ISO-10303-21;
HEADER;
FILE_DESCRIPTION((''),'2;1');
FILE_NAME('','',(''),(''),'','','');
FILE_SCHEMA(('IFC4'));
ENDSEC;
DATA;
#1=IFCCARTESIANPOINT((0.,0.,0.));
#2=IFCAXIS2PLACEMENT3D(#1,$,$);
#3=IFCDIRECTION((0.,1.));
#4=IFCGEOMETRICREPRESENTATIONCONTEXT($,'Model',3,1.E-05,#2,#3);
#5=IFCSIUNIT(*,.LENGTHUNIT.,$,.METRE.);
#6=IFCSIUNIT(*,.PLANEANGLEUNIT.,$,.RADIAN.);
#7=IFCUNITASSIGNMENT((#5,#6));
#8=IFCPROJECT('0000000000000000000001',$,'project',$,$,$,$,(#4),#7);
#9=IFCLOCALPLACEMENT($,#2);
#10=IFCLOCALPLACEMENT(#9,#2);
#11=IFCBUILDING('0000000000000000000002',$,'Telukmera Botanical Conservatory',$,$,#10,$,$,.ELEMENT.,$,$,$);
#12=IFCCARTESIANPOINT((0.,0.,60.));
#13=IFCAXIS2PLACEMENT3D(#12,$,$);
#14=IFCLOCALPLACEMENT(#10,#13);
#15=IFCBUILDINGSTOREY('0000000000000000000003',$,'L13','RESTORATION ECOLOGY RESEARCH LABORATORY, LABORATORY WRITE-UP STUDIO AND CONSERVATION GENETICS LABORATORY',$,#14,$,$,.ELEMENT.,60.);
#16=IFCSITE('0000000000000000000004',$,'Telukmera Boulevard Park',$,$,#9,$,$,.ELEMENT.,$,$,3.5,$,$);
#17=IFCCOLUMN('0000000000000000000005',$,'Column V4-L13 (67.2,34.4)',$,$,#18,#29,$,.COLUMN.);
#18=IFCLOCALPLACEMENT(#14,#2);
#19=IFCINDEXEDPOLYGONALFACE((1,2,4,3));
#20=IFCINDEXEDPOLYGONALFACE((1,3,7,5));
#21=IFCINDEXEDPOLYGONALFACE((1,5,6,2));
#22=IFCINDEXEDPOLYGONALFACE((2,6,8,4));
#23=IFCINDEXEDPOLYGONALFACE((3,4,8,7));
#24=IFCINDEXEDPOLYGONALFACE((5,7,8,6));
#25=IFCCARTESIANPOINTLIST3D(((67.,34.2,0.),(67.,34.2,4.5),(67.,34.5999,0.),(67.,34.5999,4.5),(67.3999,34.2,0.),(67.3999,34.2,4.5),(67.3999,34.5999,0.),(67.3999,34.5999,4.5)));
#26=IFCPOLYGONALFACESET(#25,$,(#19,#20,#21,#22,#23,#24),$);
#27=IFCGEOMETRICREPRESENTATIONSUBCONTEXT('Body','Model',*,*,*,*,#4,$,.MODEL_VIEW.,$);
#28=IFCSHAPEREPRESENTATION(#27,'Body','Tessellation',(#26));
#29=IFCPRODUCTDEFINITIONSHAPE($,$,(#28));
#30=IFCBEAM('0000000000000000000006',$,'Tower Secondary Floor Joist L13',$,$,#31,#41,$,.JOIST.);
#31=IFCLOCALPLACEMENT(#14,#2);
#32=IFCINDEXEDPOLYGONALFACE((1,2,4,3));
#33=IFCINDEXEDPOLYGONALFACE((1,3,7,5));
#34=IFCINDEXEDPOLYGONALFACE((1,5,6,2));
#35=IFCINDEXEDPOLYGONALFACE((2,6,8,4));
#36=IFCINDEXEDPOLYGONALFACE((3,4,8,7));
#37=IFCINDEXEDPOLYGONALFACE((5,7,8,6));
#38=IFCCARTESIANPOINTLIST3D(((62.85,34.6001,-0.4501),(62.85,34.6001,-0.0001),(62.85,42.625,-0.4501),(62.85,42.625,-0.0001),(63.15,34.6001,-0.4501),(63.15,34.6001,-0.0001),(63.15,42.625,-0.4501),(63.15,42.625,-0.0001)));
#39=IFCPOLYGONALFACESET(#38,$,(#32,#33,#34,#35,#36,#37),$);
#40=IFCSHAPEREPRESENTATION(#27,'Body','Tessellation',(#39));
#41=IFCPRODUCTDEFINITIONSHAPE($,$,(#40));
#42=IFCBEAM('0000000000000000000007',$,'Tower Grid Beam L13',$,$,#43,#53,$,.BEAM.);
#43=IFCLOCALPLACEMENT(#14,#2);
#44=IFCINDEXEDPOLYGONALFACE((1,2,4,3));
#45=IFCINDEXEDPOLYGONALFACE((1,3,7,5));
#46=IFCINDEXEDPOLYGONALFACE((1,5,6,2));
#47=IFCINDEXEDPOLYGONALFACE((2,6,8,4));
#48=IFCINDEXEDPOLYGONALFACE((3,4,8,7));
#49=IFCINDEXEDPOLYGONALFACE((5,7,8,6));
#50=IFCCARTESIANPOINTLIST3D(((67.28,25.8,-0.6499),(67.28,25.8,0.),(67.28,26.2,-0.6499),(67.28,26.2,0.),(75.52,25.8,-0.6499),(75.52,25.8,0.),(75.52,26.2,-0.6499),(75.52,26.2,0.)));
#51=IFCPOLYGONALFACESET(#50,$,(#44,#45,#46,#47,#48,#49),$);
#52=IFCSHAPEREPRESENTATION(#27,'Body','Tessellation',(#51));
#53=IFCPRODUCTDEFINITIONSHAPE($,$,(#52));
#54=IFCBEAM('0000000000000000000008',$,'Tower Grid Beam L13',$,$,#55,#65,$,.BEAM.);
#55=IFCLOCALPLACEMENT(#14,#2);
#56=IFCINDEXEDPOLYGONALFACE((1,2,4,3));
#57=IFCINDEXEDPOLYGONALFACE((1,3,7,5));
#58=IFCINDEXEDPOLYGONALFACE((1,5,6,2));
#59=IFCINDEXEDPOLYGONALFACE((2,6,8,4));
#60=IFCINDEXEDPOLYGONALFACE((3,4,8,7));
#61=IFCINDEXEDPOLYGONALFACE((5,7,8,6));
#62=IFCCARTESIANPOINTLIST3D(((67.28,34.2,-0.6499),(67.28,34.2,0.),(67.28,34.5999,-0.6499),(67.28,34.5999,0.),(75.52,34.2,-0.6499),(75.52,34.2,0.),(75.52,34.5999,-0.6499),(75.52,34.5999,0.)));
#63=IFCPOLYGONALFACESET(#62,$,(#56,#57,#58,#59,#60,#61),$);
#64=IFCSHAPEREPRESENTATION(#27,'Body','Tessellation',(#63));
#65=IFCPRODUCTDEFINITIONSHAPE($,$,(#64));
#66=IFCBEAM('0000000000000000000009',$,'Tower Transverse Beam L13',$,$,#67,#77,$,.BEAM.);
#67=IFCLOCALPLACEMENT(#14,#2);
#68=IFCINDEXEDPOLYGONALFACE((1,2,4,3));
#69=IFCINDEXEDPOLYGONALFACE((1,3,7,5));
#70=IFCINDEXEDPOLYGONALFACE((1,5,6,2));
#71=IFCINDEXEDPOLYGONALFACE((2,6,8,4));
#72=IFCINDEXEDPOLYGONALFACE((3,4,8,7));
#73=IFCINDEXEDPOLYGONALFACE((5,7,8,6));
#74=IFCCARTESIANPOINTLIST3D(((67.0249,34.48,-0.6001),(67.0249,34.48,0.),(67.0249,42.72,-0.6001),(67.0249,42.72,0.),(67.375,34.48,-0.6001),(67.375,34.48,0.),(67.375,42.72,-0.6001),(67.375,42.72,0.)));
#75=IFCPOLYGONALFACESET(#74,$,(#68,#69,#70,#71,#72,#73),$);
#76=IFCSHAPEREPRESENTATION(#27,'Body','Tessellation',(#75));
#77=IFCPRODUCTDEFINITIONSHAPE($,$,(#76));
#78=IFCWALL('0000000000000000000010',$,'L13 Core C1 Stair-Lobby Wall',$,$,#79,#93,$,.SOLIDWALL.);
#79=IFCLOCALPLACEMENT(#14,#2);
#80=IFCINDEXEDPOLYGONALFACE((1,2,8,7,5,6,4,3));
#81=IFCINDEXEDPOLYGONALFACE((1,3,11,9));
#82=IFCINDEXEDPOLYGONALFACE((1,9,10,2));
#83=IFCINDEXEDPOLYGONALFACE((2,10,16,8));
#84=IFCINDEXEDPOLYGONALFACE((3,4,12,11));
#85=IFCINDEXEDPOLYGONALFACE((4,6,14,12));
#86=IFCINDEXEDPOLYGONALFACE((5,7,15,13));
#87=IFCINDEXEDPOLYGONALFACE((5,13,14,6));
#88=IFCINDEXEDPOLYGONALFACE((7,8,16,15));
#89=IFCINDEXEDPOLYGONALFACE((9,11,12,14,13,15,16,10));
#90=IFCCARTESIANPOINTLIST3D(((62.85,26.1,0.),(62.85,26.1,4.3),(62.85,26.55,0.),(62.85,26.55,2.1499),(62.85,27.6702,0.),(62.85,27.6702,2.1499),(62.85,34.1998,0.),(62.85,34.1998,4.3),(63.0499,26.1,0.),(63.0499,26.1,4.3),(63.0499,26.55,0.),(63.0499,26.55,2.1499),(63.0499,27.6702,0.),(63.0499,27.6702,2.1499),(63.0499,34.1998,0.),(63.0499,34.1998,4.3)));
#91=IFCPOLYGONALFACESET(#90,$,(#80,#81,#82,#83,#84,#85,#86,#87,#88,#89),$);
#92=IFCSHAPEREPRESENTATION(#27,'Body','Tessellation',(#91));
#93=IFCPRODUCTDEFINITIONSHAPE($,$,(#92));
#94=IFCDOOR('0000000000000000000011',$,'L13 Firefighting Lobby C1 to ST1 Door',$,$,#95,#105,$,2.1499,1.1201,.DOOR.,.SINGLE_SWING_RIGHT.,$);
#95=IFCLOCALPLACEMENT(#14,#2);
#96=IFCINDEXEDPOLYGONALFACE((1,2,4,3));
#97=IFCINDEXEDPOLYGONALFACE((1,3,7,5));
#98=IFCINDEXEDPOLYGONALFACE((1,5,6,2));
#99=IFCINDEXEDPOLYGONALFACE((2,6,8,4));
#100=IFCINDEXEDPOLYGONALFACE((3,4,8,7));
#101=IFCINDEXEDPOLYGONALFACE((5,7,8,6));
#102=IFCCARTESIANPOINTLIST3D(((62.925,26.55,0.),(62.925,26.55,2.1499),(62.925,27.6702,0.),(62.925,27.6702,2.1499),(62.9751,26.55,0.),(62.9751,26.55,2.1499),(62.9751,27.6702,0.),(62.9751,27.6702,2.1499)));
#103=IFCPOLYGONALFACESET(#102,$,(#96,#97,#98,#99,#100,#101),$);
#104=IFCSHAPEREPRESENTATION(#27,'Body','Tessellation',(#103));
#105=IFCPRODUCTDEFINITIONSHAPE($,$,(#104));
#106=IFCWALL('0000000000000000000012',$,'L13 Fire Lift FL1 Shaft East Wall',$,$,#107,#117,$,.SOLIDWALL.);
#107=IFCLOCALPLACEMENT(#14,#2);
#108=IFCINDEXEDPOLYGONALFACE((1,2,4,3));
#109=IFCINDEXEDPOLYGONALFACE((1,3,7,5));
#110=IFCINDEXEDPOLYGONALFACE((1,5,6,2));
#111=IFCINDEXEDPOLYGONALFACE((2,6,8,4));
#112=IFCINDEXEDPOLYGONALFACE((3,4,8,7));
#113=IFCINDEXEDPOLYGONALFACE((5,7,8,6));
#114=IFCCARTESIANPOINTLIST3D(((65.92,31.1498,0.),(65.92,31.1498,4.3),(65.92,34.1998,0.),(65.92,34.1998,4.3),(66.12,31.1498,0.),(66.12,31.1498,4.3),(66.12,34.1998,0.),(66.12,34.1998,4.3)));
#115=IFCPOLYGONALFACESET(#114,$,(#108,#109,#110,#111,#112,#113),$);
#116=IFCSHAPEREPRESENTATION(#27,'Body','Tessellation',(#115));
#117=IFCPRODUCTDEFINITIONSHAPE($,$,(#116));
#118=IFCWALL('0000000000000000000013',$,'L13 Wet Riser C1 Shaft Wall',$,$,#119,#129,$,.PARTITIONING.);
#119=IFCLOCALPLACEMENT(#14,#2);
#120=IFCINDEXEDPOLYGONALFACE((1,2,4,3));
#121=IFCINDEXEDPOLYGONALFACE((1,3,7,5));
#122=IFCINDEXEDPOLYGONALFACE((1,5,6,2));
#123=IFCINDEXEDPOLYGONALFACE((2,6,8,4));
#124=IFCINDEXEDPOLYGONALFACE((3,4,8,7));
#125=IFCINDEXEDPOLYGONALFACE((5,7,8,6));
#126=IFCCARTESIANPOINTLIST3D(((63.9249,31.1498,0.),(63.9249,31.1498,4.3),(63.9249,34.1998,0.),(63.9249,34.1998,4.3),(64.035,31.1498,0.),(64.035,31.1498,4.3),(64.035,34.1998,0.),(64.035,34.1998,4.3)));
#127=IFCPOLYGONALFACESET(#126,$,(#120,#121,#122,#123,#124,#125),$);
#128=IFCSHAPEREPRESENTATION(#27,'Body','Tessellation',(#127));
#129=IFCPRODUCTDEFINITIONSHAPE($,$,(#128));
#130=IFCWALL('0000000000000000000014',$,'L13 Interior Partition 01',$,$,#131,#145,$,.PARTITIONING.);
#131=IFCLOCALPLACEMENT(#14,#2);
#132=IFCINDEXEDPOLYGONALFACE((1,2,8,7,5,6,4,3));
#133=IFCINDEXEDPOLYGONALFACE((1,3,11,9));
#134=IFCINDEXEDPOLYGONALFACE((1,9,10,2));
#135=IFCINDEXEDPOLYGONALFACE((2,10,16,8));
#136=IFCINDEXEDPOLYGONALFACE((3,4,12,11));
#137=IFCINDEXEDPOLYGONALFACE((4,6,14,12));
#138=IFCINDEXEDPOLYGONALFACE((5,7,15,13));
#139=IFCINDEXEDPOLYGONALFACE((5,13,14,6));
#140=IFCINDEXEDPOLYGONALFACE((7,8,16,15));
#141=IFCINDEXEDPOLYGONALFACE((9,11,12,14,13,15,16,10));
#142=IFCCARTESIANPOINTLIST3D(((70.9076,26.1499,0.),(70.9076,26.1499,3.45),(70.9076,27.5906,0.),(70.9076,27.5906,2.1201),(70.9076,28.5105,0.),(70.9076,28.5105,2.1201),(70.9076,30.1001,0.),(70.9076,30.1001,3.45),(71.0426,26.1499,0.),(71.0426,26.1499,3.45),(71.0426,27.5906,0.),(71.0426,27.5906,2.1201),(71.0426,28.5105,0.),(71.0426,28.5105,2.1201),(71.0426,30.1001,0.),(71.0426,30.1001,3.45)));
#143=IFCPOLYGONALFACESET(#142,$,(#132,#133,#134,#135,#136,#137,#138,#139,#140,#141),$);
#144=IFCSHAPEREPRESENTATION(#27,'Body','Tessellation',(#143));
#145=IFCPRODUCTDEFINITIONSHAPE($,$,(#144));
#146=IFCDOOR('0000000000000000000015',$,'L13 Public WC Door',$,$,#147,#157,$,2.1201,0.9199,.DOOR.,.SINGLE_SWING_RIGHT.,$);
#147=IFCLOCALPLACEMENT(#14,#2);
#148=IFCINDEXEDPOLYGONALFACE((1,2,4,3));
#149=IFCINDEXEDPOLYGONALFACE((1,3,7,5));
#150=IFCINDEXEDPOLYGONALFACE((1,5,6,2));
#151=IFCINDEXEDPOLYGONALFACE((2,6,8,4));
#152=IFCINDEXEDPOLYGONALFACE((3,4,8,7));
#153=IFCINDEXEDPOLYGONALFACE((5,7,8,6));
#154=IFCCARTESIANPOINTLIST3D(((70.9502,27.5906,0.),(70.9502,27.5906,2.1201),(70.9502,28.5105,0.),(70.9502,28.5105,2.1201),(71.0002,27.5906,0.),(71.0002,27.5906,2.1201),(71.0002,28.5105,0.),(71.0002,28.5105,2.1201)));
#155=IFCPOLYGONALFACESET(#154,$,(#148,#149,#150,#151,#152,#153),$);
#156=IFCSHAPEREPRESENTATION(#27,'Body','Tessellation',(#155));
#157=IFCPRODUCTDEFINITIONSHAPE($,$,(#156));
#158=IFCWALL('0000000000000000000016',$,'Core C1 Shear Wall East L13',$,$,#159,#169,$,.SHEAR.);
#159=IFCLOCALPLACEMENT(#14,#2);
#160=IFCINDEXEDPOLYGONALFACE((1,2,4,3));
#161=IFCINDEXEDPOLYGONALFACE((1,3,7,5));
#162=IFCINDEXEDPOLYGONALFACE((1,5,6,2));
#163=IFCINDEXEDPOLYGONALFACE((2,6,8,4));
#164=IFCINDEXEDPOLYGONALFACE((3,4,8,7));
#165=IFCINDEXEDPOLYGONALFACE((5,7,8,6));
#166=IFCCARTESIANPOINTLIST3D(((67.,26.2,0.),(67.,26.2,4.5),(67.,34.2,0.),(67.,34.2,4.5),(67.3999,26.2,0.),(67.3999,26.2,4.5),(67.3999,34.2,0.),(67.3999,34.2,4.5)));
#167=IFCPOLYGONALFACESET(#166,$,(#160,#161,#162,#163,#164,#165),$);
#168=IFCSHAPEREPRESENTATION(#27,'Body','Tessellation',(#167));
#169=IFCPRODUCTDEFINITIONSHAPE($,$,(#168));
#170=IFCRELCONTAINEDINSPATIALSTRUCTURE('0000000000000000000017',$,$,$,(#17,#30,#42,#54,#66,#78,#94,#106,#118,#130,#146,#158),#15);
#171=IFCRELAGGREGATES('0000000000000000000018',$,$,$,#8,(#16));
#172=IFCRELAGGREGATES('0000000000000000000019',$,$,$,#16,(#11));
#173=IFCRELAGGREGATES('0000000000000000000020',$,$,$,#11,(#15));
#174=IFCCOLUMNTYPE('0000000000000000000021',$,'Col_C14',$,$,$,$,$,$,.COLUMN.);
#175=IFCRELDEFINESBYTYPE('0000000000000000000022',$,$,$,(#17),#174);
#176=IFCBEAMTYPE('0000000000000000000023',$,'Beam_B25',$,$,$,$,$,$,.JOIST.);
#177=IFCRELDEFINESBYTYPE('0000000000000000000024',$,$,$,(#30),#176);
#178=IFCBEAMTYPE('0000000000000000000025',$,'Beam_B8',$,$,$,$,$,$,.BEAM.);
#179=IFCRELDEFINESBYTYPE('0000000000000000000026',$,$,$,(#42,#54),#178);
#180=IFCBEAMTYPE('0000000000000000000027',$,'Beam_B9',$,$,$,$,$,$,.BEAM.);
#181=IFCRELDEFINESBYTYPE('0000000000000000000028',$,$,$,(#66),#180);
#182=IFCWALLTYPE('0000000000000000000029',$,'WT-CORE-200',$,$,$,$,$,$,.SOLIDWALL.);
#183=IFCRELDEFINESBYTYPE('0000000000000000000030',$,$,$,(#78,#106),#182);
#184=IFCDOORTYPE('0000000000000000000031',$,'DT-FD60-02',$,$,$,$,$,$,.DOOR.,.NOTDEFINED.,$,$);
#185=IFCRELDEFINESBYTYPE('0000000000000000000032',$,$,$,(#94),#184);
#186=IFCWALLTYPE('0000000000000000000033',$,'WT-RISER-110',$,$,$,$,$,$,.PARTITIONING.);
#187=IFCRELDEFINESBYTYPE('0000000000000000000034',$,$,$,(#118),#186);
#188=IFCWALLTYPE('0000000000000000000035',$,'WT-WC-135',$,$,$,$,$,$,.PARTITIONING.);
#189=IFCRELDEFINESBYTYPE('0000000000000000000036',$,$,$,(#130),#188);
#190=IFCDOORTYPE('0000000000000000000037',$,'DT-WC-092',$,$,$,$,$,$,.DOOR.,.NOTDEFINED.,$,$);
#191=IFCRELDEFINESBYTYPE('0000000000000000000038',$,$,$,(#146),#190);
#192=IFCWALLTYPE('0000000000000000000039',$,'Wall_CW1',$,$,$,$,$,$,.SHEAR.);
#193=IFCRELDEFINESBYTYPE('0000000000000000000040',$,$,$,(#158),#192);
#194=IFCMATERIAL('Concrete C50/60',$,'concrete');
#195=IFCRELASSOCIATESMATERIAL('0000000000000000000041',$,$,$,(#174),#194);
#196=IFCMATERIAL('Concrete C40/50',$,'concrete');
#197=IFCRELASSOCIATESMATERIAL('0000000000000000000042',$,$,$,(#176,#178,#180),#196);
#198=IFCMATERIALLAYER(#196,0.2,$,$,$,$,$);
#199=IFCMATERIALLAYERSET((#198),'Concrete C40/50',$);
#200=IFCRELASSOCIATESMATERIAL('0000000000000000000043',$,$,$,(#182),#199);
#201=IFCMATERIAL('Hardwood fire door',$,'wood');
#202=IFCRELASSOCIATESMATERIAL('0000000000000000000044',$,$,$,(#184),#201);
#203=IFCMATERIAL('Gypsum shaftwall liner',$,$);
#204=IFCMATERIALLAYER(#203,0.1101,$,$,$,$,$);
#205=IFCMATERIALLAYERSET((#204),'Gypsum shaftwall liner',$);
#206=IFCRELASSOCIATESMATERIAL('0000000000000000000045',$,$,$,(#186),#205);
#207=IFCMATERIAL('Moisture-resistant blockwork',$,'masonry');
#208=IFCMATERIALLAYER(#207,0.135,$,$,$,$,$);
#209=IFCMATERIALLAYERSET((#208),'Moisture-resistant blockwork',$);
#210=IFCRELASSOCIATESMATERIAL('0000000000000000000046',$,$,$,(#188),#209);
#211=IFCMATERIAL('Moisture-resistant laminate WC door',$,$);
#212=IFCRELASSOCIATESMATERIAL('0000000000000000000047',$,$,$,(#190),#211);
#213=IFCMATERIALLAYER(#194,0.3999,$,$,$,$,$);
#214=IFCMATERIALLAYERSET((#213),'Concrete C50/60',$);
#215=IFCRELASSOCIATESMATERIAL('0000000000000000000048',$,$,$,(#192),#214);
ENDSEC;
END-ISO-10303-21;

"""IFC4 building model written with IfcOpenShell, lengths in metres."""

from ifc_helpers import new_model, si_unit, direction, frame, frame_2d, origin, origin_2d, place, context, subcontext, project, spatial, rectangle, extrude, material, layer, layer_set, material_profile, profile_set, type_object, element, fill, save


model = new_model("IFC4")

# Units and contexts
model_context = context("Model", 3, precision=1e-05, world=origin(), true_north=direction((0.0, 1.0)))
body_context = subcontext(model_context, "Body", "Model", "MODEL_VIEW")
ifc_project = project(units=[si_unit("LENGTHUNIT", "METRE"), si_unit("PLANEANGLEUNIT", "RADIAN")], contexts=[model_context])

# Site, building, storey
site_placement = place(None, origin())
site = spatial("IfcSite", under=ifc_project, at=site_placement, Name="Telukmera Boulevard Park", CompositionType="ELEMENT", RefElevation=3.5)
building_placement = place(site_placement, origin())
building = spatial("IfcBuilding", under=site, at=building_placement, Name="Telukmera Botanical Conservatory", CompositionType="ELEMENT")
storey_placement = place(building_placement, frame((0.0, 0.0, 60.0)))
storey = spatial("IfcBuildingStorey", under=building, at=storey_placement, Name="L13", Description="RESTORATION ECOLOGY RESEARCH LABORATORY, LABORATORY WRITE-UP STUDIO AND CONSERVATION GENETICS LABORATORY", CompositionType="ELEMENT", Elevation=60.0)

# Column
ifc_material_1 = material(Name="Concrete C50/60", Category="concrete")
ifc_material_profile_1 = material_profile(ifc_material_1, rectangle(XDim=0.3999, YDim=0.3999, at=origin_2d()), Name="RC 400x400")
ifc_profile_set_1 = profile_set([ifc_material_profile_1], Name="Concrete C50/60")
column_type = type_object("IfcColumnType", Name="Col_C14", PredefinedType="COLUMN", material=ifc_profile_set_1)
column_placement = place(storey_placement, frame((67.2, 34.3999, 0.0), z_axis=(0.0, 0.0, 1.0), x_axis=(1.0, 0.0, 0.0)))
element("IfcColumn", 1, at=column_placement, inside=storey, type_object=column_type, Name="Column V4-L13 (67.2,34.4)", PredefinedType="COLUMN", context=body_context, shape_type="SweptSolid", body=[
    extrude(rectangle(XDim=0.3999, YDim=0.3999, at=origin_2d()), origin(), (0.0, 0.0, 1.0), 4.5),
])

# Beams
ifc_material_2 = material(Name="Concrete C40/50", Category="concrete")
ifc_material_profile_2 = material_profile(ifc_material_2, rectangle(XDim=0.3, YDim=0.45, at=origin_2d()), Name="RC 300x450")
ifc_profile_set_2 = profile_set([ifc_material_profile_2], Name="Concrete C40/50")
beam_type_1 = type_object("IfcBeamType", Name="Beam_B25", PredefinedType="JOIST", material=ifc_profile_set_2)
beam_1_placement = place(storey_placement, frame((63.0, 34.6001, -0.2251), z_axis=(0.0, 1.0, 0.0), x_axis=(-1.0, 0.0, 0.0)))
element("IfcBeam", 2, at=beam_1_placement, inside=storey, type_object=beam_type_1, Name="Tower Secondary Floor Joist L13", PredefinedType="JOIST", context=body_context, shape_type="SweptSolid", body=[
    extrude(rectangle(XDim=0.3, YDim=0.45, at=origin_2d()), origin(), (0.0, 0.0, 1.0), 8.0249),
])
ifc_material_profile_3 = material_profile(ifc_material_2, rectangle(XDim=0.3999, YDim=0.6499, at=origin_2d()), Name="RC 400x650")
ifc_profile_set_3 = profile_set([ifc_material_profile_3], Name="Concrete C40/50")
beam_type_2 = type_object("IfcBeamType", Name="Beam_B8", PredefinedType="BEAM", material=ifc_profile_set_3)
for number, where, z_axis, x_axis, name in (
    (3, (67.28, 26.0, -0.325), (1.0, 0.0, 0.0), (0.0, 1.0, 0.0), "Tower Grid Beam L13"),
    (4, (67.28, 34.3999, -0.325), (1.0, 0.0, 0.0), (0.0, 1.0, 0.0), "Tower Grid Beam L13"),
):
    element("IfcBeam", number, at=place(storey_placement, frame(where, z_axis=z_axis, x_axis=x_axis)), inside=storey, type_object=beam_type_2, Name=name, PredefinedType="BEAM", context=body_context, shape_type="SweptSolid", body=[
        extrude(rectangle(XDim=0.3999, YDim=0.6499, at=origin_2d()), origin(), (0.0, 0.0, 1.0), 8.24),
    ])
ifc_material_profile_4 = material_profile(ifc_material_2, rectangle(XDim=0.3501, YDim=0.6001, at=origin_2d()), Name="RC 350x600")
ifc_profile_set_4 = profile_set([ifc_material_profile_4], Name="Concrete C40/50")
beam_type_3 = type_object("IfcBeamType", Name="Beam_B9", PredefinedType="BEAM", material=ifc_profile_set_4)
beam_2_placement = place(storey_placement, frame((67.2, 34.48, -0.3), z_axis=(0.0, 1.0, 0.0), x_axis=(-1.0, 0.0, 0.0)))
element("IfcBeam", 5, at=beam_2_placement, inside=storey, type_object=beam_type_3, Name="Tower Transverse Beam L13", PredefinedType="BEAM", context=body_context, shape_type="SweptSolid", body=[
    extrude(rectangle(XDim=0.3501, YDim=0.6001, at=origin_2d()), origin(), (0.0, 0.0, 1.0), 8.24),
])

# Wall, opening, door
ifc_layer_1 = layer(ifc_material_2, 0.2)
ifc_layer_set_1 = layer_set([ifc_layer_1], Name="Concrete C40/50")
wall_type_1 = type_object("IfcWallType", Name="WT-CORE-200", PredefinedType="SOLIDWALL", material=ifc_layer_set_1)
wall_1_placement = place(storey_placement, frame((62.95, 26.1001, 0.0), z_axis=(0.0, 0.0, 1.0), x_axis=(0.0, 1.0, 0.0)))
wall_1 = element("IfcWall", 6, at=wall_1_placement, inside=storey, type_object=wall_type_1, Name="L13 Core C1 Stair-Lobby Wall", PredefinedType="SOLIDWALL", context=body_context, shape_type="SweptSolid", body=[
    extrude(rectangle(XDim=8.0999, YDim=0.2, at=frame_2d((4.0498, 0.0))), origin(), (0.0, 0.0, 1.0), 4.3),
])
opening_1_placement = place(wall_1_placement, frame((0.45, 0.0, 0.0)))
opening_1 = element("IfcOpeningElement", 7, at=opening_1_placement, cuts=wall_1, PredefinedType="OPENING", context=body_context, shape_type="SweptSolid", body=[
    extrude(rectangle(XDim=1.1201, YDim=2.1499, at=frame_2d((0.5601, 1.075))), frame((0.0, 0.1099, 0.0), z_axis=(0.0, -1.0, 0.0), x_axis=(1.0, 0.0, 0.0)), (0.0, 0.0, 1.0), 0.22),
])
ifc_material_3 = material(Name="Hardwood fire door", Category="wood")
door_type_1 = type_object("IfcDoorType", Name="DT-FD60-02", OperationType="NOTDEFINED", PredefinedType="DOOR", material=ifc_material_3)
door_1_placement = place(opening_1_placement, origin())
door_1 = element("IfcDoor", 8, at=door_1_placement, inside=storey, type_object=door_type_1, Name="L13 Firefighting Lobby C1 to ST1 Door", OperationType="SINGLE_SWING_RIGHT", OverallHeight=2.1499, OverallWidth=1.1201, PredefinedType="DOOR", context=body_context, shape_type="SweptSolid", body=[
    extrude(rectangle(XDim=1.1201, YDim=2.1499, at=frame_2d((0.5601, 1.075))), frame((0.0, 0.0249, 0.0), z_axis=(0.0, -1.0, 0.0), x_axis=(1.0, 0.0, 0.0)), (0.0, 0.0, 1.0), 0.05),
])
fill(opening_1, door_1)

# Walls
wall_2_placement = place(storey_placement, frame((66.02, 31.1499, 0.0), z_axis=(0.0, 0.0, 1.0), x_axis=(0.0, 1.0, 0.0)))
element("IfcWall", 9, at=wall_2_placement, inside=storey, type_object=wall_type_1, Name="L13 Fire Lift FL1 Shaft East Wall", PredefinedType="SOLIDWALL", context=body_context, shape_type="SweptSolid", body=[
    extrude(rectangle(XDim=3.05, YDim=0.2, at=frame_2d((1.5249, 0.0))), origin(), (0.0, 0.0, 1.0), 4.3),
])
ifc_material_4 = material(Name="Gypsum shaftwall liner")
ifc_layer_2 = layer(ifc_material_4, 0.1101)
ifc_layer_set_2 = layer_set([ifc_layer_2], Name="Gypsum shaftwall liner")
wall_type_2 = type_object("IfcWallType", Name="WT-RISER-110", PredefinedType="PARTITIONING", material=ifc_layer_set_2)
wall_3_placement = place(storey_placement, frame((63.98, 31.1499, 0.0), z_axis=(0.0, 0.0, 1.0), x_axis=(0.0, 1.0, 0.0)))
element("IfcWall", 10, at=wall_3_placement, inside=storey, type_object=wall_type_2, Name="L13 Wet Riser C1 Shaft Wall", PredefinedType="PARTITIONING", context=body_context, shape_type="SweptSolid", body=[
    extrude(rectangle(XDim=3.05, YDim=0.1101, at=frame_2d((1.5249, 0.0))), origin(), (0.0, 0.0, 1.0), 4.3),
])

# Wall, opening, door
ifc_material_5 = material(Name="Moisture-resistant blockwork", Category="masonry")
ifc_layer_3 = layer(ifc_material_5, 0.135)
ifc_layer_set_3 = layer_set([ifc_layer_3], Name="Moisture-resistant blockwork")
wall_type_3 = type_object("IfcWallType", Name="WT-WC-135", PredefinedType="PARTITIONING", material=ifc_layer_set_3)
wall_4_placement = place(storey_placement, frame((70.9751, 26.1499, 0.0), z_axis=(0.0, 0.0, 1.0), x_axis=(0.0, 1.0, 0.0)))
wall_4 = element("IfcWall", 11, at=wall_4_placement, inside=storey, type_object=wall_type_3, Name="L13 Interior Partition 01", PredefinedType="PARTITIONING", context=body_context, shape_type="SweptSolid", body=[
    extrude(rectangle(XDim=3.9502, YDim=0.135, at=frame_2d((1.9751, 0.0))), origin(), (0.0, 0.0, 1.0), 3.45),
])
opening_2_placement = place(wall_4_placement, frame((1.4407, 0.0, 0.0)))
opening_2 = element("IfcOpeningElement", 12, at=opening_2_placement, cuts=wall_4, PredefinedType="OPENING", context=body_context, shape_type="SweptSolid", body=[
    extrude(rectangle(XDim=0.9199, YDim=2.1201, at=frame_2d((0.46, 1.0601))), frame((0.0, 0.0774, 0.0), z_axis=(0.0, -1.0, 0.0), x_axis=(1.0, 0.0, 0.0)), (0.0, 0.0, 1.0), 0.155),
])
ifc_material_6 = material(Name="Moisture-resistant laminate WC door")
door_type_2 = type_object("IfcDoorType", Name="DT-WC-092", OperationType="NOTDEFINED", PredefinedType="DOOR", material=ifc_material_6)
door_2_placement = place(opening_2_placement, origin())
door_2 = element("IfcDoor", 13, at=door_2_placement, inside=storey, type_object=door_type_2, Name="L13 Public WC Door", OperationType="SINGLE_SWING_RIGHT", OverallHeight=2.1201, OverallWidth=0.9199, PredefinedType="DOOR", context=body_context, shape_type="SweptSolid", body=[
    extrude(rectangle(XDim=0.9199, YDim=2.1201, at=frame_2d((0.46, 1.0601))), frame((0.0, 0.0249, 0.0), z_axis=(0.0, -1.0, 0.0), x_axis=(1.0, 0.0, 0.0)), (0.0, 0.0, 1.0), 0.05),
])
fill(opening_2, door_2)

# Wall
ifc_layer_4 = layer(ifc_material_1, 0.3999)
ifc_layer_set_4 = layer_set([ifc_layer_4], Name="Concrete C50/60")
wall_type_4 = type_object("IfcWallType", Name="Wall_CW1", PredefinedType="SHEAR", material=ifc_layer_set_4)
wall_5_placement = place(storey_placement, frame((67.2, 26.2, 0.0), z_axis=(0.0, 0.0, 1.0), x_axis=(0.0, 1.0, 0.0)))
element("IfcWall", 14, at=wall_5_placement, inside=storey, type_object=wall_type_4, Name="Core C1 Shear Wall East L13", PredefinedType="SHEAR", context=body_context, shape_type="SweptSolid", body=[
    extrude(rectangle(XDim=8.0, YDim=0.3999, at=frame_2d((4.0, 0.0))), origin(), (0.0, 0.0, 1.0), 4.5),
])

save(model, "model.ifc")
